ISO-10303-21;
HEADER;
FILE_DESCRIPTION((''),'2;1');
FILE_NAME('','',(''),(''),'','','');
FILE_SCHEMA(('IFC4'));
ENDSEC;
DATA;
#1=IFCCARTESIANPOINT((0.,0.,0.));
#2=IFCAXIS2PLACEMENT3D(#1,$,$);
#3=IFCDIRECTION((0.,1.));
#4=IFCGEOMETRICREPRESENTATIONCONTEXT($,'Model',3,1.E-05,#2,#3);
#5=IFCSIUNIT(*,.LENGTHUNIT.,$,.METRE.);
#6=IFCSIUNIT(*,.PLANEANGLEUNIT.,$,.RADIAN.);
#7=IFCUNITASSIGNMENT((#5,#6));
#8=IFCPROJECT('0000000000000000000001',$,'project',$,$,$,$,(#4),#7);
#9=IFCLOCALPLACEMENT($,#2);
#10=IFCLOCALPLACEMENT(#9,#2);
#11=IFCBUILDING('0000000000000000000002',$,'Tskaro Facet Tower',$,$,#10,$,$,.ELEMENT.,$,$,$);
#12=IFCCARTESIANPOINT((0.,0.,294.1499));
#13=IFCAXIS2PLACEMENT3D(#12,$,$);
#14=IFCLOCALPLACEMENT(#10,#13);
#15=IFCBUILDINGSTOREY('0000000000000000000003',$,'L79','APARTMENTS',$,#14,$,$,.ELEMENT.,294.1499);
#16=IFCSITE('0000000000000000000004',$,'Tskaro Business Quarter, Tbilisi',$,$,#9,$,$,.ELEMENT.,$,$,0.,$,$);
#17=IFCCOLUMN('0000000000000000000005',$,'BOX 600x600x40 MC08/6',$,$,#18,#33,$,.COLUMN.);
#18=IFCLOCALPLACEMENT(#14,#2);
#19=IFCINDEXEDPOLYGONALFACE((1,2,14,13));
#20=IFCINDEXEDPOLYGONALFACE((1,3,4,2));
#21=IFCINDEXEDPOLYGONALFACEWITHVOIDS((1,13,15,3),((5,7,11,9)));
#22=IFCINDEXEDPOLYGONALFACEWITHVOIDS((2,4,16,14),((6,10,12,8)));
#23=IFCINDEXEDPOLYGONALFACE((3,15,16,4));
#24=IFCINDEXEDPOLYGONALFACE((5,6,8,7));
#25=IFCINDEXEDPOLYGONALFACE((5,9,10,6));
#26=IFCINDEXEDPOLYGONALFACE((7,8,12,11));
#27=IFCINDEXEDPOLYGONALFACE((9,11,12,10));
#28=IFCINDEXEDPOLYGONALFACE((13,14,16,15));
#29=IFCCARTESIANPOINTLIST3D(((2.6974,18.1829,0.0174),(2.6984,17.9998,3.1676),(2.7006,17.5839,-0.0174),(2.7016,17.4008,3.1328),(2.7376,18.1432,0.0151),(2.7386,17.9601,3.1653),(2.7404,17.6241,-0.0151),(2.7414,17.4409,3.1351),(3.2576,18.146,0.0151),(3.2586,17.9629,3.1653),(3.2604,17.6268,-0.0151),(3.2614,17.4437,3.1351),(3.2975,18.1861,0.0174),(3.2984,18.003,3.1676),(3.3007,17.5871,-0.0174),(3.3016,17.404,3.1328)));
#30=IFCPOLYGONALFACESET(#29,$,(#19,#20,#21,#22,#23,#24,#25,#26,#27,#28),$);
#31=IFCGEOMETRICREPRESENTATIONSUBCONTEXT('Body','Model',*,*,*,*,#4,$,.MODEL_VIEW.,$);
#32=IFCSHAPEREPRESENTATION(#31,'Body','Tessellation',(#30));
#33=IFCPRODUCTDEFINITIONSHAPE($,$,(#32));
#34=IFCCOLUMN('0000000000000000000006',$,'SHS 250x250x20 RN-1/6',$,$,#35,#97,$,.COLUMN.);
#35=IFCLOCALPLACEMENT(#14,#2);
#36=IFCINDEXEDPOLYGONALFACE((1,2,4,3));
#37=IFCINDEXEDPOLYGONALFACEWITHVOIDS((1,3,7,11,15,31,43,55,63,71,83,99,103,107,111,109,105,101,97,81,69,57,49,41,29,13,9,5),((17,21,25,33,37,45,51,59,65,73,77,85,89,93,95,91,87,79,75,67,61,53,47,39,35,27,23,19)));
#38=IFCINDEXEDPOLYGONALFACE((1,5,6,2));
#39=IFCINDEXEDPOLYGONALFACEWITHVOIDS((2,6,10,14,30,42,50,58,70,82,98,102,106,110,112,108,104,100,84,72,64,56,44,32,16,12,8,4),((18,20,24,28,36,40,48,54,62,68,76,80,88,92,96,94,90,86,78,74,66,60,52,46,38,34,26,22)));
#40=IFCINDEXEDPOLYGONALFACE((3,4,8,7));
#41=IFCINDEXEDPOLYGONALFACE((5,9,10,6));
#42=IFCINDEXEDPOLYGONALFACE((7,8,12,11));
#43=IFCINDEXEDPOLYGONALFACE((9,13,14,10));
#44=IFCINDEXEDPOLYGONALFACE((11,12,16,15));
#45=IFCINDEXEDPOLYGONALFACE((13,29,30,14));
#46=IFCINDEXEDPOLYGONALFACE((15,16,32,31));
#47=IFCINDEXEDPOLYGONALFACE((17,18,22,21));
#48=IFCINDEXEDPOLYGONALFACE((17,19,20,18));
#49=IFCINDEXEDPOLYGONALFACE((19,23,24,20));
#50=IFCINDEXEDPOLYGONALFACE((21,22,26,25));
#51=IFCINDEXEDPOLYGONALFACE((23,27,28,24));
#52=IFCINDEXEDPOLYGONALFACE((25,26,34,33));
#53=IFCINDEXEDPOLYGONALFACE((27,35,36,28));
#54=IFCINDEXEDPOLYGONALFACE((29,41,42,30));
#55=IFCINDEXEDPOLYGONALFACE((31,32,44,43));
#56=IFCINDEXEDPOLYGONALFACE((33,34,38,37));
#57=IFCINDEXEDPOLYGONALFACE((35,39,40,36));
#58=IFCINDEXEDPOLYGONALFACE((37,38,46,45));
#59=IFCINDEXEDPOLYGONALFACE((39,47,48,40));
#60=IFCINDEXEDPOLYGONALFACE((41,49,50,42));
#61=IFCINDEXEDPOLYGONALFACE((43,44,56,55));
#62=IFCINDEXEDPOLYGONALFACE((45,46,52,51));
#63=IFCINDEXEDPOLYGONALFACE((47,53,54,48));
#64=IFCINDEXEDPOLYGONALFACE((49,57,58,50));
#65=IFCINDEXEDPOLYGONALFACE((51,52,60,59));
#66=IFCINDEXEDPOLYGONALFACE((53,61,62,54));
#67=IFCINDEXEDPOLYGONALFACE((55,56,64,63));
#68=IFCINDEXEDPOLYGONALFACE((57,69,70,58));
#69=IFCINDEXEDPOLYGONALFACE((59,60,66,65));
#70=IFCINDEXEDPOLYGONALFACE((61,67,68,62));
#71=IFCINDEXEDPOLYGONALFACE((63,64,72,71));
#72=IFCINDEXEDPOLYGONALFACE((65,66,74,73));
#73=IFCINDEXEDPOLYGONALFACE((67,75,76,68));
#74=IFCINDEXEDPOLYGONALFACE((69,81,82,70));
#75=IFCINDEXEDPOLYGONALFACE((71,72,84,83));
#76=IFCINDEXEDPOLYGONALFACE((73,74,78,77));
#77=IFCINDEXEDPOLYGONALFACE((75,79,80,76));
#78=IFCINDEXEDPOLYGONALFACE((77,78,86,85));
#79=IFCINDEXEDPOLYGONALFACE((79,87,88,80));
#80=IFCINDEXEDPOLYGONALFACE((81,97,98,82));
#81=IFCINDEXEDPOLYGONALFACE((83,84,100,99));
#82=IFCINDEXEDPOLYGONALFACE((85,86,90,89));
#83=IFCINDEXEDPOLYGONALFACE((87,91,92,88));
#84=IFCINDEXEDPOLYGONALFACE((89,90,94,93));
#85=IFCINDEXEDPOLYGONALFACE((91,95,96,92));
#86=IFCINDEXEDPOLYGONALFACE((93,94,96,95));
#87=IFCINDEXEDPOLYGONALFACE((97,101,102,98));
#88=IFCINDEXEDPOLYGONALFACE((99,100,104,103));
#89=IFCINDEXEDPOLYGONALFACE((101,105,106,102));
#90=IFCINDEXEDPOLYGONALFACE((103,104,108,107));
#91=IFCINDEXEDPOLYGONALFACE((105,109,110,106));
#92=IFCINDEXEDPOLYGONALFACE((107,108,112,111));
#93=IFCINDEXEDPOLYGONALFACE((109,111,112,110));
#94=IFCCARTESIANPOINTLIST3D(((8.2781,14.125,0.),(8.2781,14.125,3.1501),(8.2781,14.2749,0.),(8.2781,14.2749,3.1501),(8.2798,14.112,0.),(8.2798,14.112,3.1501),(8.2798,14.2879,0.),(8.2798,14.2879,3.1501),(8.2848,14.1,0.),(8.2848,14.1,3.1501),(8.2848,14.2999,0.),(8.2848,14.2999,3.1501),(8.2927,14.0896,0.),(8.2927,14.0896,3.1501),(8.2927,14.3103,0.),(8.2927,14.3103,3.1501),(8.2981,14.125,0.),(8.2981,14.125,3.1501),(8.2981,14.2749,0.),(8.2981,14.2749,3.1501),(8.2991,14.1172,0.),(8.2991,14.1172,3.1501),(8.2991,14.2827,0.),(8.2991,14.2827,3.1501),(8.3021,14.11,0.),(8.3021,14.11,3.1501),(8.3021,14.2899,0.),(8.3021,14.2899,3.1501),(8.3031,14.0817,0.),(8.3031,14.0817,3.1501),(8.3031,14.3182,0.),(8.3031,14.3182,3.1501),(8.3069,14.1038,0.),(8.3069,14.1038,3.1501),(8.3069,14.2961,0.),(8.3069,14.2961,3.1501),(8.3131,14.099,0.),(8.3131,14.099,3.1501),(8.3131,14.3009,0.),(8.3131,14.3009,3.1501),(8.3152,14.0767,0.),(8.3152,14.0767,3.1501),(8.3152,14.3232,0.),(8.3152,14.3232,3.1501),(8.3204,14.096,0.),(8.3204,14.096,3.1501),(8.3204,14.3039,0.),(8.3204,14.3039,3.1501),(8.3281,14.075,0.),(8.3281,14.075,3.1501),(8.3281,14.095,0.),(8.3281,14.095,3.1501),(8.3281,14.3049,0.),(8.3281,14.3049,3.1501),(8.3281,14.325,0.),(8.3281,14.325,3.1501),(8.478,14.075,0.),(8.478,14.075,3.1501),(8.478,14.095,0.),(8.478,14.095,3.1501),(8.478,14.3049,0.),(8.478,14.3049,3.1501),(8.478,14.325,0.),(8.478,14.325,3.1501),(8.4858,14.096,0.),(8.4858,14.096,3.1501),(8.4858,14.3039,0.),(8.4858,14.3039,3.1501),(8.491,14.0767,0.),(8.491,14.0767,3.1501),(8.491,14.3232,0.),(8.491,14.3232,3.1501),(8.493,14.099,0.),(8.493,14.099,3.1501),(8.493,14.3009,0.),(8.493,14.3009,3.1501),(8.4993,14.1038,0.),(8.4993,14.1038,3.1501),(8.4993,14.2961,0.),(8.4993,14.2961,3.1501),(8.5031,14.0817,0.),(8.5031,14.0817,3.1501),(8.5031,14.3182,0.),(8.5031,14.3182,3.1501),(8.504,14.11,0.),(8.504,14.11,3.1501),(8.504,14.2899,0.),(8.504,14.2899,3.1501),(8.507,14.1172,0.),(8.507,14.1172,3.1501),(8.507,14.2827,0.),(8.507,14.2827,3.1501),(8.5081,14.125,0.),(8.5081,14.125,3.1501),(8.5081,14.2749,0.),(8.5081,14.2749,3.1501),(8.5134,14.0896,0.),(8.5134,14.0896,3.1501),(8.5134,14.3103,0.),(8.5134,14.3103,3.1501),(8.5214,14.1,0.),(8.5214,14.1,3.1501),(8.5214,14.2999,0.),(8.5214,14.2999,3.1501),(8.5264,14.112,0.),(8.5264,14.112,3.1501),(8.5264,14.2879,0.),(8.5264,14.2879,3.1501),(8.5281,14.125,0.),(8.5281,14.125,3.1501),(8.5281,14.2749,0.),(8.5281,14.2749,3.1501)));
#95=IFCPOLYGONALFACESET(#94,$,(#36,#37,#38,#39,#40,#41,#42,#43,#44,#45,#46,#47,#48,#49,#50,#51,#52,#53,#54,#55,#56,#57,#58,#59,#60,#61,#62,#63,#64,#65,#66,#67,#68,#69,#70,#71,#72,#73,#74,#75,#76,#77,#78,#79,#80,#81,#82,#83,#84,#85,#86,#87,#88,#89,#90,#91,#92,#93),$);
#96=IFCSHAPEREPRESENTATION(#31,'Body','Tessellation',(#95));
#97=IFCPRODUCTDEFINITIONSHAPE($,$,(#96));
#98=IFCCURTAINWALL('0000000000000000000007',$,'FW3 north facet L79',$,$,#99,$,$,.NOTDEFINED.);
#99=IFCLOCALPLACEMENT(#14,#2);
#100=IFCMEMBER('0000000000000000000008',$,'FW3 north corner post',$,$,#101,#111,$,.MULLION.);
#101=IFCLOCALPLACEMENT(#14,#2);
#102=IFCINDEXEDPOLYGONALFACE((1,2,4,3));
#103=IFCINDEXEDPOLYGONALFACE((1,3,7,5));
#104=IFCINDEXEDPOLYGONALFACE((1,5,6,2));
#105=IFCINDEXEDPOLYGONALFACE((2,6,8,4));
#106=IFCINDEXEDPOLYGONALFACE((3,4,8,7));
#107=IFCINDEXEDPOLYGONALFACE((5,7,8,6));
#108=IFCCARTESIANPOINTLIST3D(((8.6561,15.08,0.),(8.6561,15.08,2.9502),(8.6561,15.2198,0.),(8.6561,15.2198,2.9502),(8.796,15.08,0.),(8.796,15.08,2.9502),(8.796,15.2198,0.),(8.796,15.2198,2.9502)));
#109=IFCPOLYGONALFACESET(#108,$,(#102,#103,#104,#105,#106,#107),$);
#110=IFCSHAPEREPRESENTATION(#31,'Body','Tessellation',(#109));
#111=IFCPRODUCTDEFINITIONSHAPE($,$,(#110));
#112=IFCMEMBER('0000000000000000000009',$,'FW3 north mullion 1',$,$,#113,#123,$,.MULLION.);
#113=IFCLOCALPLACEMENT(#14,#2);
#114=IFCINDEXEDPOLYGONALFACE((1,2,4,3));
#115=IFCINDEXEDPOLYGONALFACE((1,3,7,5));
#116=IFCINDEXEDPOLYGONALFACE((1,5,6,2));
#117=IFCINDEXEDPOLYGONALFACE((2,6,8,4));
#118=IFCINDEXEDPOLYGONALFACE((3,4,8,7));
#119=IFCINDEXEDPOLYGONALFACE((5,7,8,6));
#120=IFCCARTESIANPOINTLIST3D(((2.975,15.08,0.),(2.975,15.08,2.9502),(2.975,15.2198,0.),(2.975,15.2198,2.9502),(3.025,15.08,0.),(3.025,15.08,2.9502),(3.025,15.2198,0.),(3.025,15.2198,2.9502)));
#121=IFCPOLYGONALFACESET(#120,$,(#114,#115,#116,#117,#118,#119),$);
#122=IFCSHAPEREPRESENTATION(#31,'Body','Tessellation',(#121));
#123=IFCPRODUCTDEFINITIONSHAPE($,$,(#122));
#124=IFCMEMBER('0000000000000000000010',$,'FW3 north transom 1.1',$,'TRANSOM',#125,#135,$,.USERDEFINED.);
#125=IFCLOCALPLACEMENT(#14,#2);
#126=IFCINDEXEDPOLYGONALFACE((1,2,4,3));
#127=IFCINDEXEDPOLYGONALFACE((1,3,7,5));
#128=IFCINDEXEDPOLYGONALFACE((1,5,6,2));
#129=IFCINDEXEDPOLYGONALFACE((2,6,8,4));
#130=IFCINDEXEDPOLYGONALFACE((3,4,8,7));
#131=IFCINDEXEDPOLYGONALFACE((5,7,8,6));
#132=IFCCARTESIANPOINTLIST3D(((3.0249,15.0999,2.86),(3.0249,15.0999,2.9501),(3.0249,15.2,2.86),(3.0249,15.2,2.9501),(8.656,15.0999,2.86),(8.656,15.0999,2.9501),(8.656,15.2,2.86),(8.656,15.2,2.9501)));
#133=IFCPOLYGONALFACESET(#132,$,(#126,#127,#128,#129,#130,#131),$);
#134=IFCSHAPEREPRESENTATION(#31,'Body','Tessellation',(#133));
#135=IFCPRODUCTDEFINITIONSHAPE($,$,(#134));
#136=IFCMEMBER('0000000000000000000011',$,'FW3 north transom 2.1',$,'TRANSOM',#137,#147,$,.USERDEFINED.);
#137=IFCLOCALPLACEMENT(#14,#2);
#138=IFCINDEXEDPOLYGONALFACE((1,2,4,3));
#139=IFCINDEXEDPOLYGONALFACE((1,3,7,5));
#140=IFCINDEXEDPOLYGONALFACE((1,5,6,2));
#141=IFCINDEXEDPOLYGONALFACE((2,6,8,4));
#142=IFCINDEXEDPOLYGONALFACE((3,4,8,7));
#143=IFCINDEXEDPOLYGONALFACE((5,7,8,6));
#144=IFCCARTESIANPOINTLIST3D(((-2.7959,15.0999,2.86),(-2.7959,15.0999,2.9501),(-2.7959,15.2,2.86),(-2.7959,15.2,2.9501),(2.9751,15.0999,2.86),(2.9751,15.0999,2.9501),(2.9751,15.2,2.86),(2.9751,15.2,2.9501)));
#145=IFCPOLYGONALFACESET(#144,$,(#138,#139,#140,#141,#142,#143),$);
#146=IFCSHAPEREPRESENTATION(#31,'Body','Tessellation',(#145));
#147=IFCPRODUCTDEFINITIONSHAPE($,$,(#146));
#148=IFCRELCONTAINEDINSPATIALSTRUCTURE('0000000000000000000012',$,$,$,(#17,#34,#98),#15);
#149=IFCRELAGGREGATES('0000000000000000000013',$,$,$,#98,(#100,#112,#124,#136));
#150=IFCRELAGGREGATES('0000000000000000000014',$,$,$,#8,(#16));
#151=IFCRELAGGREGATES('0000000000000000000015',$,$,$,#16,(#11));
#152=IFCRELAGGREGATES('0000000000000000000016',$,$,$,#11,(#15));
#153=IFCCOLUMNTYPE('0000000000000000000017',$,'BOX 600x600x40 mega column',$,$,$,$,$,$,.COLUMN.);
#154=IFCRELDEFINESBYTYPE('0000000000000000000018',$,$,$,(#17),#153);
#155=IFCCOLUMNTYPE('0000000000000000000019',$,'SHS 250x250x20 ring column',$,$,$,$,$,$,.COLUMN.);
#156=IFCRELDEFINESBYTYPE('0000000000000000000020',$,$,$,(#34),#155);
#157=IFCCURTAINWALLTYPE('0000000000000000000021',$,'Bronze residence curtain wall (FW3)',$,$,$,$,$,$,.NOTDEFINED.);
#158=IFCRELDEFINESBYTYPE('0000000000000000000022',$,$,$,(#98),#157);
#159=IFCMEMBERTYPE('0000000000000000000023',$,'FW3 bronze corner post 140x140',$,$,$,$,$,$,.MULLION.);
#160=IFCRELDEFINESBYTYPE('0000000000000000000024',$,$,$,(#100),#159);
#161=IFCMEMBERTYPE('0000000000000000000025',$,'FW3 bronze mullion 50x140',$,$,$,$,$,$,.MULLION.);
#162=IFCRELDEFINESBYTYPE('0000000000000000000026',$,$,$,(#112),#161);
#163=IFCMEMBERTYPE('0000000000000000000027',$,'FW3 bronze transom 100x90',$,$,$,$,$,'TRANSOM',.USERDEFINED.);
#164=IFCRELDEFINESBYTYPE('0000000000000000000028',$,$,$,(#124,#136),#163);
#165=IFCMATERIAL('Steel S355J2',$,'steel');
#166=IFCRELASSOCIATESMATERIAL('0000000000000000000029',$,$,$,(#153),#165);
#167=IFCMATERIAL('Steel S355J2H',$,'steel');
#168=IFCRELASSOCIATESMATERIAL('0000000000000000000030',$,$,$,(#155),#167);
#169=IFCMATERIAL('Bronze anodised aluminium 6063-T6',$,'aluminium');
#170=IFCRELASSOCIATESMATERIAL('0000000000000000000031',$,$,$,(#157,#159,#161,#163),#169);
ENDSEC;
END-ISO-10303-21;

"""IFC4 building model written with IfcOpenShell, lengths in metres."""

from ifc_helpers import new_model, si_unit, direction, frame, origin, origin_2d, place, context, subcontext, project, spatial, rectangle, hollow_rectangle, extrude, material, material_profile, profile_set, type_object, element, aggregate, save


model = new_model("IFC4")

# Units and contexts
model_context = context("Model", 3, precision=1e-05, world=origin(), true_north=direction((0.0, 1.0)))
body_context = subcontext(model_context, "Body", "Model", "MODEL_VIEW")
ifc_project = project(units=[si_unit("LENGTHUNIT", "METRE"), si_unit("PLANEANGLEUNIT", "RADIAN")], contexts=[model_context])

# Site, building, storey
site_placement = place(None, origin())
site = spatial("IfcSite", under=ifc_project, at=site_placement, Name="Tskaro Business Quarter, Tbilisi", CompositionType="ELEMENT", RefElevation=0.0)
building_placement = place(site_placement, origin())
building = spatial("IfcBuilding", under=site, at=building_placement, Name="Tskaro Facet Tower", CompositionType="ELEMENT")
storey_placement = place(building_placement, frame((0.0, 0.0, 294.1499)))
storey = spatial("IfcBuildingStorey", under=building, at=storey_placement, Name="L79", Description="APARTMENTS", CompositionType="ELEMENT", Elevation=294.1499)

# Columns
ifc_material_1 = material(Name="Steel S355J2", Category="steel")
ifc_material_profile_1 = material_profile(ifc_material_1, hollow_rectangle(XDim=0.6001, YDim=0.6001, WallThickness=0.04, at=origin_2d()), Name="BOX 600x600x40")
ifc_profile_set_1 = profile_set([ifc_material_profile_1], Name="Steel S355J2")
column_type_1 = type_object("IfcColumnType", Name="BOX 600x600x40 mega column", PredefinedType="COLUMN", material=ifc_profile_set_1)
column_1_placement = place(storey_placement, frame((2.999, 17.885, 0.0), z_axis=(0.000309, -0.058028, 0.998315), x_axis=(0.999986, 0.005333, 0.0)))
element("IfcColumn", 1, at=column_1_placement, inside=storey, type_object=column_type_1, Name="BOX 600x600x40 MC08/6", PredefinedType="COLUMN", context=body_context, shape_type="SweptSolid", body=[
    extrude(hollow_rectangle(XDim=0.6001, YDim=0.6001, WallThickness=0.04, at=origin_2d()), origin(), (0.0, 0.0, 1.0), 3.1555),
])
ifc_material_2 = material(Name="Steel S355J2H", Category="steel")
ifc_material_profile_2 = material_profile(ifc_material_2, hollow_rectangle(XDim=0.25, YDim=0.25, WallThickness=0.02, InnerFilletRadius=0.03, OuterFilletRadius=0.05, at=origin_2d()), Name="SHS 250x250x20")
ifc_profile_set_2 = profile_set([ifc_material_profile_2], Name="Steel S355J2H")
column_type_2 = type_object("IfcColumnType", Name="SHS 250x250x20 ring column", PredefinedType="COLUMN", material=ifc_profile_set_2)
column_2_placement = place(storey_placement, frame((8.4031, 14.2, 0.0), z_axis=(0.0, 0.0, 1.0), x_axis=(1.0, 0.0, 0.0)))
element("IfcColumn", 2, at=column_2_placement, inside=storey, type_object=column_type_2, Name="SHS 250x250x20 RN-1/6", PredefinedType="COLUMN", context=body_context, shape_type="SweptSolid", body=[
    extrude(hollow_rectangle(XDim=0.25, YDim=0.25, WallThickness=0.02, InnerFilletRadius=0.03, OuterFilletRadius=0.05, at=origin_2d()), origin(), (0.0, 0.0, 1.0), 3.1501),
])

# Curtain wall, members
ifc_material_3 = material(Name="Bronze anodised aluminium 6063-T6", Category="aluminium")
curtain_wall_type = type_object("IfcCurtainWallType", Name="Bronze residence curtain wall (FW3)", PredefinedType="NOTDEFINED", material=ifc_material_3)
curtain_wall_placement = place(storey_placement, origin())
curtain_wall = element("IfcCurtainWall", 3, at=curtain_wall_placement, inside=storey, type_object=curtain_wall_type, Name="FW3 north facet L79", PredefinedType="NOTDEFINED")
ifc_material_profile_3 = material_profile(ifc_material_3, rectangle(XDim=0.1399, YDim=0.1399, at=origin_2d()), Name="Corner post 140x140")
ifc_profile_set_3 = profile_set([ifc_material_profile_3], Name="Bronze anodised aluminium 6063-T6")
member_type_1 = type_object("IfcMemberType", Name="FW3 bronze corner post 140x140", PredefinedType="MULLION", material=ifc_profile_set_3)
member_1_placement = place(storey_placement, frame((8.7261, 15.1499, 0.0), z_axis=(0.0, 0.0, 1.0), x_axis=(-1.0, 0.0, 0.0)))
member_1 = element("IfcMember", 4, at=member_1_placement, type_object=member_type_1, Name="FW3 north corner post", PredefinedType="MULLION", context=body_context, shape_type="SweptSolid", body=[
    extrude(rectangle(XDim=0.1399, YDim=0.1399, at=origin_2d()), origin(), (0.0, 0.0, 1.0), 2.9502),
])
ifc_material_profile_4 = material_profile(ifc_material_3, rectangle(XDim=0.05, YDim=0.1399, at=origin_2d()), Name="Mullion 50x140")
ifc_profile_set_4 = profile_set([ifc_material_profile_4], Name="Bronze anodised aluminium 6063-T6")
member_type_2 = type_object("IfcMemberType", Name="FW3 bronze mullion 50x140", PredefinedType="MULLION", material=ifc_profile_set_4)
member_2_placement = place(storey_placement, frame((3.0, 15.1499, 0.0), z_axis=(0.0, 0.0, 1.0), x_axis=(-1.0, 0.0, 0.0)))
member_2 = element("IfcMember", 5, at=member_2_placement, type_object=member_type_2, Name="FW3 north mullion 1", PredefinedType="MULLION", context=body_context, shape_type="SweptSolid", body=[
    extrude(rectangle(XDim=0.05, YDim=0.1399, at=origin_2d()), origin(), (0.0, 0.0, 1.0), 2.9502),
])
ifc_material_profile_5 = material_profile(ifc_material_3, rectangle(XDim=0.1001, YDim=0.0901, at=origin_2d()), Name="Transom 100x90")
ifc_profile_set_5 = profile_set([ifc_material_profile_5], Name="Bronze anodised aluminium 6063-T6")
member_type_3 = type_object("IfcMemberType", Name="FW3 bronze transom 100x90", ElementType="TRANSOM", PredefinedType="USERDEFINED", material=ifc_profile_set_5)
member_3_placement = place(storey_placement, frame((8.656, 15.1499, 2.905), z_axis=(-1.0, 0.0, 0.0), x_axis=(0.0, -1.0, 0.0)))
member_3 = element("IfcMember", 6, at=member_3_placement, type_object=member_type_3, Name="FW3 north transom 1.1", ObjectType="TRANSOM", PredefinedType="USERDEFINED", context=body_context, shape_type="SweptSolid", body=[
    extrude(rectangle(XDim=0.1001, YDim=0.0901, at=origin_2d()), origin(), (0.0, 0.0, 1.0), 5.6311),
])
member_4_placement = place(storey_placement, frame((2.9751, 15.1499, 2.905), z_axis=(-1.0, 0.0, 0.0), x_axis=(0.0, -1.0, 0.0)))
member_4 = element("IfcMember", 7, at=member_4_placement, type_object=member_type_3, Name="FW3 north transom 2.1", ObjectType="TRANSOM", PredefinedType="USERDEFINED", context=body_context, shape_type="SweptSolid", body=[
    extrude(rectangle(XDim=0.1001, YDim=0.0901, at=origin_2d()), origin(), (0.0, 0.0, 1.0), 5.771),
])

aggregate(curtain_wall, [member_1, member_2, member_3, member_4])

save(model, "model.ifc")
